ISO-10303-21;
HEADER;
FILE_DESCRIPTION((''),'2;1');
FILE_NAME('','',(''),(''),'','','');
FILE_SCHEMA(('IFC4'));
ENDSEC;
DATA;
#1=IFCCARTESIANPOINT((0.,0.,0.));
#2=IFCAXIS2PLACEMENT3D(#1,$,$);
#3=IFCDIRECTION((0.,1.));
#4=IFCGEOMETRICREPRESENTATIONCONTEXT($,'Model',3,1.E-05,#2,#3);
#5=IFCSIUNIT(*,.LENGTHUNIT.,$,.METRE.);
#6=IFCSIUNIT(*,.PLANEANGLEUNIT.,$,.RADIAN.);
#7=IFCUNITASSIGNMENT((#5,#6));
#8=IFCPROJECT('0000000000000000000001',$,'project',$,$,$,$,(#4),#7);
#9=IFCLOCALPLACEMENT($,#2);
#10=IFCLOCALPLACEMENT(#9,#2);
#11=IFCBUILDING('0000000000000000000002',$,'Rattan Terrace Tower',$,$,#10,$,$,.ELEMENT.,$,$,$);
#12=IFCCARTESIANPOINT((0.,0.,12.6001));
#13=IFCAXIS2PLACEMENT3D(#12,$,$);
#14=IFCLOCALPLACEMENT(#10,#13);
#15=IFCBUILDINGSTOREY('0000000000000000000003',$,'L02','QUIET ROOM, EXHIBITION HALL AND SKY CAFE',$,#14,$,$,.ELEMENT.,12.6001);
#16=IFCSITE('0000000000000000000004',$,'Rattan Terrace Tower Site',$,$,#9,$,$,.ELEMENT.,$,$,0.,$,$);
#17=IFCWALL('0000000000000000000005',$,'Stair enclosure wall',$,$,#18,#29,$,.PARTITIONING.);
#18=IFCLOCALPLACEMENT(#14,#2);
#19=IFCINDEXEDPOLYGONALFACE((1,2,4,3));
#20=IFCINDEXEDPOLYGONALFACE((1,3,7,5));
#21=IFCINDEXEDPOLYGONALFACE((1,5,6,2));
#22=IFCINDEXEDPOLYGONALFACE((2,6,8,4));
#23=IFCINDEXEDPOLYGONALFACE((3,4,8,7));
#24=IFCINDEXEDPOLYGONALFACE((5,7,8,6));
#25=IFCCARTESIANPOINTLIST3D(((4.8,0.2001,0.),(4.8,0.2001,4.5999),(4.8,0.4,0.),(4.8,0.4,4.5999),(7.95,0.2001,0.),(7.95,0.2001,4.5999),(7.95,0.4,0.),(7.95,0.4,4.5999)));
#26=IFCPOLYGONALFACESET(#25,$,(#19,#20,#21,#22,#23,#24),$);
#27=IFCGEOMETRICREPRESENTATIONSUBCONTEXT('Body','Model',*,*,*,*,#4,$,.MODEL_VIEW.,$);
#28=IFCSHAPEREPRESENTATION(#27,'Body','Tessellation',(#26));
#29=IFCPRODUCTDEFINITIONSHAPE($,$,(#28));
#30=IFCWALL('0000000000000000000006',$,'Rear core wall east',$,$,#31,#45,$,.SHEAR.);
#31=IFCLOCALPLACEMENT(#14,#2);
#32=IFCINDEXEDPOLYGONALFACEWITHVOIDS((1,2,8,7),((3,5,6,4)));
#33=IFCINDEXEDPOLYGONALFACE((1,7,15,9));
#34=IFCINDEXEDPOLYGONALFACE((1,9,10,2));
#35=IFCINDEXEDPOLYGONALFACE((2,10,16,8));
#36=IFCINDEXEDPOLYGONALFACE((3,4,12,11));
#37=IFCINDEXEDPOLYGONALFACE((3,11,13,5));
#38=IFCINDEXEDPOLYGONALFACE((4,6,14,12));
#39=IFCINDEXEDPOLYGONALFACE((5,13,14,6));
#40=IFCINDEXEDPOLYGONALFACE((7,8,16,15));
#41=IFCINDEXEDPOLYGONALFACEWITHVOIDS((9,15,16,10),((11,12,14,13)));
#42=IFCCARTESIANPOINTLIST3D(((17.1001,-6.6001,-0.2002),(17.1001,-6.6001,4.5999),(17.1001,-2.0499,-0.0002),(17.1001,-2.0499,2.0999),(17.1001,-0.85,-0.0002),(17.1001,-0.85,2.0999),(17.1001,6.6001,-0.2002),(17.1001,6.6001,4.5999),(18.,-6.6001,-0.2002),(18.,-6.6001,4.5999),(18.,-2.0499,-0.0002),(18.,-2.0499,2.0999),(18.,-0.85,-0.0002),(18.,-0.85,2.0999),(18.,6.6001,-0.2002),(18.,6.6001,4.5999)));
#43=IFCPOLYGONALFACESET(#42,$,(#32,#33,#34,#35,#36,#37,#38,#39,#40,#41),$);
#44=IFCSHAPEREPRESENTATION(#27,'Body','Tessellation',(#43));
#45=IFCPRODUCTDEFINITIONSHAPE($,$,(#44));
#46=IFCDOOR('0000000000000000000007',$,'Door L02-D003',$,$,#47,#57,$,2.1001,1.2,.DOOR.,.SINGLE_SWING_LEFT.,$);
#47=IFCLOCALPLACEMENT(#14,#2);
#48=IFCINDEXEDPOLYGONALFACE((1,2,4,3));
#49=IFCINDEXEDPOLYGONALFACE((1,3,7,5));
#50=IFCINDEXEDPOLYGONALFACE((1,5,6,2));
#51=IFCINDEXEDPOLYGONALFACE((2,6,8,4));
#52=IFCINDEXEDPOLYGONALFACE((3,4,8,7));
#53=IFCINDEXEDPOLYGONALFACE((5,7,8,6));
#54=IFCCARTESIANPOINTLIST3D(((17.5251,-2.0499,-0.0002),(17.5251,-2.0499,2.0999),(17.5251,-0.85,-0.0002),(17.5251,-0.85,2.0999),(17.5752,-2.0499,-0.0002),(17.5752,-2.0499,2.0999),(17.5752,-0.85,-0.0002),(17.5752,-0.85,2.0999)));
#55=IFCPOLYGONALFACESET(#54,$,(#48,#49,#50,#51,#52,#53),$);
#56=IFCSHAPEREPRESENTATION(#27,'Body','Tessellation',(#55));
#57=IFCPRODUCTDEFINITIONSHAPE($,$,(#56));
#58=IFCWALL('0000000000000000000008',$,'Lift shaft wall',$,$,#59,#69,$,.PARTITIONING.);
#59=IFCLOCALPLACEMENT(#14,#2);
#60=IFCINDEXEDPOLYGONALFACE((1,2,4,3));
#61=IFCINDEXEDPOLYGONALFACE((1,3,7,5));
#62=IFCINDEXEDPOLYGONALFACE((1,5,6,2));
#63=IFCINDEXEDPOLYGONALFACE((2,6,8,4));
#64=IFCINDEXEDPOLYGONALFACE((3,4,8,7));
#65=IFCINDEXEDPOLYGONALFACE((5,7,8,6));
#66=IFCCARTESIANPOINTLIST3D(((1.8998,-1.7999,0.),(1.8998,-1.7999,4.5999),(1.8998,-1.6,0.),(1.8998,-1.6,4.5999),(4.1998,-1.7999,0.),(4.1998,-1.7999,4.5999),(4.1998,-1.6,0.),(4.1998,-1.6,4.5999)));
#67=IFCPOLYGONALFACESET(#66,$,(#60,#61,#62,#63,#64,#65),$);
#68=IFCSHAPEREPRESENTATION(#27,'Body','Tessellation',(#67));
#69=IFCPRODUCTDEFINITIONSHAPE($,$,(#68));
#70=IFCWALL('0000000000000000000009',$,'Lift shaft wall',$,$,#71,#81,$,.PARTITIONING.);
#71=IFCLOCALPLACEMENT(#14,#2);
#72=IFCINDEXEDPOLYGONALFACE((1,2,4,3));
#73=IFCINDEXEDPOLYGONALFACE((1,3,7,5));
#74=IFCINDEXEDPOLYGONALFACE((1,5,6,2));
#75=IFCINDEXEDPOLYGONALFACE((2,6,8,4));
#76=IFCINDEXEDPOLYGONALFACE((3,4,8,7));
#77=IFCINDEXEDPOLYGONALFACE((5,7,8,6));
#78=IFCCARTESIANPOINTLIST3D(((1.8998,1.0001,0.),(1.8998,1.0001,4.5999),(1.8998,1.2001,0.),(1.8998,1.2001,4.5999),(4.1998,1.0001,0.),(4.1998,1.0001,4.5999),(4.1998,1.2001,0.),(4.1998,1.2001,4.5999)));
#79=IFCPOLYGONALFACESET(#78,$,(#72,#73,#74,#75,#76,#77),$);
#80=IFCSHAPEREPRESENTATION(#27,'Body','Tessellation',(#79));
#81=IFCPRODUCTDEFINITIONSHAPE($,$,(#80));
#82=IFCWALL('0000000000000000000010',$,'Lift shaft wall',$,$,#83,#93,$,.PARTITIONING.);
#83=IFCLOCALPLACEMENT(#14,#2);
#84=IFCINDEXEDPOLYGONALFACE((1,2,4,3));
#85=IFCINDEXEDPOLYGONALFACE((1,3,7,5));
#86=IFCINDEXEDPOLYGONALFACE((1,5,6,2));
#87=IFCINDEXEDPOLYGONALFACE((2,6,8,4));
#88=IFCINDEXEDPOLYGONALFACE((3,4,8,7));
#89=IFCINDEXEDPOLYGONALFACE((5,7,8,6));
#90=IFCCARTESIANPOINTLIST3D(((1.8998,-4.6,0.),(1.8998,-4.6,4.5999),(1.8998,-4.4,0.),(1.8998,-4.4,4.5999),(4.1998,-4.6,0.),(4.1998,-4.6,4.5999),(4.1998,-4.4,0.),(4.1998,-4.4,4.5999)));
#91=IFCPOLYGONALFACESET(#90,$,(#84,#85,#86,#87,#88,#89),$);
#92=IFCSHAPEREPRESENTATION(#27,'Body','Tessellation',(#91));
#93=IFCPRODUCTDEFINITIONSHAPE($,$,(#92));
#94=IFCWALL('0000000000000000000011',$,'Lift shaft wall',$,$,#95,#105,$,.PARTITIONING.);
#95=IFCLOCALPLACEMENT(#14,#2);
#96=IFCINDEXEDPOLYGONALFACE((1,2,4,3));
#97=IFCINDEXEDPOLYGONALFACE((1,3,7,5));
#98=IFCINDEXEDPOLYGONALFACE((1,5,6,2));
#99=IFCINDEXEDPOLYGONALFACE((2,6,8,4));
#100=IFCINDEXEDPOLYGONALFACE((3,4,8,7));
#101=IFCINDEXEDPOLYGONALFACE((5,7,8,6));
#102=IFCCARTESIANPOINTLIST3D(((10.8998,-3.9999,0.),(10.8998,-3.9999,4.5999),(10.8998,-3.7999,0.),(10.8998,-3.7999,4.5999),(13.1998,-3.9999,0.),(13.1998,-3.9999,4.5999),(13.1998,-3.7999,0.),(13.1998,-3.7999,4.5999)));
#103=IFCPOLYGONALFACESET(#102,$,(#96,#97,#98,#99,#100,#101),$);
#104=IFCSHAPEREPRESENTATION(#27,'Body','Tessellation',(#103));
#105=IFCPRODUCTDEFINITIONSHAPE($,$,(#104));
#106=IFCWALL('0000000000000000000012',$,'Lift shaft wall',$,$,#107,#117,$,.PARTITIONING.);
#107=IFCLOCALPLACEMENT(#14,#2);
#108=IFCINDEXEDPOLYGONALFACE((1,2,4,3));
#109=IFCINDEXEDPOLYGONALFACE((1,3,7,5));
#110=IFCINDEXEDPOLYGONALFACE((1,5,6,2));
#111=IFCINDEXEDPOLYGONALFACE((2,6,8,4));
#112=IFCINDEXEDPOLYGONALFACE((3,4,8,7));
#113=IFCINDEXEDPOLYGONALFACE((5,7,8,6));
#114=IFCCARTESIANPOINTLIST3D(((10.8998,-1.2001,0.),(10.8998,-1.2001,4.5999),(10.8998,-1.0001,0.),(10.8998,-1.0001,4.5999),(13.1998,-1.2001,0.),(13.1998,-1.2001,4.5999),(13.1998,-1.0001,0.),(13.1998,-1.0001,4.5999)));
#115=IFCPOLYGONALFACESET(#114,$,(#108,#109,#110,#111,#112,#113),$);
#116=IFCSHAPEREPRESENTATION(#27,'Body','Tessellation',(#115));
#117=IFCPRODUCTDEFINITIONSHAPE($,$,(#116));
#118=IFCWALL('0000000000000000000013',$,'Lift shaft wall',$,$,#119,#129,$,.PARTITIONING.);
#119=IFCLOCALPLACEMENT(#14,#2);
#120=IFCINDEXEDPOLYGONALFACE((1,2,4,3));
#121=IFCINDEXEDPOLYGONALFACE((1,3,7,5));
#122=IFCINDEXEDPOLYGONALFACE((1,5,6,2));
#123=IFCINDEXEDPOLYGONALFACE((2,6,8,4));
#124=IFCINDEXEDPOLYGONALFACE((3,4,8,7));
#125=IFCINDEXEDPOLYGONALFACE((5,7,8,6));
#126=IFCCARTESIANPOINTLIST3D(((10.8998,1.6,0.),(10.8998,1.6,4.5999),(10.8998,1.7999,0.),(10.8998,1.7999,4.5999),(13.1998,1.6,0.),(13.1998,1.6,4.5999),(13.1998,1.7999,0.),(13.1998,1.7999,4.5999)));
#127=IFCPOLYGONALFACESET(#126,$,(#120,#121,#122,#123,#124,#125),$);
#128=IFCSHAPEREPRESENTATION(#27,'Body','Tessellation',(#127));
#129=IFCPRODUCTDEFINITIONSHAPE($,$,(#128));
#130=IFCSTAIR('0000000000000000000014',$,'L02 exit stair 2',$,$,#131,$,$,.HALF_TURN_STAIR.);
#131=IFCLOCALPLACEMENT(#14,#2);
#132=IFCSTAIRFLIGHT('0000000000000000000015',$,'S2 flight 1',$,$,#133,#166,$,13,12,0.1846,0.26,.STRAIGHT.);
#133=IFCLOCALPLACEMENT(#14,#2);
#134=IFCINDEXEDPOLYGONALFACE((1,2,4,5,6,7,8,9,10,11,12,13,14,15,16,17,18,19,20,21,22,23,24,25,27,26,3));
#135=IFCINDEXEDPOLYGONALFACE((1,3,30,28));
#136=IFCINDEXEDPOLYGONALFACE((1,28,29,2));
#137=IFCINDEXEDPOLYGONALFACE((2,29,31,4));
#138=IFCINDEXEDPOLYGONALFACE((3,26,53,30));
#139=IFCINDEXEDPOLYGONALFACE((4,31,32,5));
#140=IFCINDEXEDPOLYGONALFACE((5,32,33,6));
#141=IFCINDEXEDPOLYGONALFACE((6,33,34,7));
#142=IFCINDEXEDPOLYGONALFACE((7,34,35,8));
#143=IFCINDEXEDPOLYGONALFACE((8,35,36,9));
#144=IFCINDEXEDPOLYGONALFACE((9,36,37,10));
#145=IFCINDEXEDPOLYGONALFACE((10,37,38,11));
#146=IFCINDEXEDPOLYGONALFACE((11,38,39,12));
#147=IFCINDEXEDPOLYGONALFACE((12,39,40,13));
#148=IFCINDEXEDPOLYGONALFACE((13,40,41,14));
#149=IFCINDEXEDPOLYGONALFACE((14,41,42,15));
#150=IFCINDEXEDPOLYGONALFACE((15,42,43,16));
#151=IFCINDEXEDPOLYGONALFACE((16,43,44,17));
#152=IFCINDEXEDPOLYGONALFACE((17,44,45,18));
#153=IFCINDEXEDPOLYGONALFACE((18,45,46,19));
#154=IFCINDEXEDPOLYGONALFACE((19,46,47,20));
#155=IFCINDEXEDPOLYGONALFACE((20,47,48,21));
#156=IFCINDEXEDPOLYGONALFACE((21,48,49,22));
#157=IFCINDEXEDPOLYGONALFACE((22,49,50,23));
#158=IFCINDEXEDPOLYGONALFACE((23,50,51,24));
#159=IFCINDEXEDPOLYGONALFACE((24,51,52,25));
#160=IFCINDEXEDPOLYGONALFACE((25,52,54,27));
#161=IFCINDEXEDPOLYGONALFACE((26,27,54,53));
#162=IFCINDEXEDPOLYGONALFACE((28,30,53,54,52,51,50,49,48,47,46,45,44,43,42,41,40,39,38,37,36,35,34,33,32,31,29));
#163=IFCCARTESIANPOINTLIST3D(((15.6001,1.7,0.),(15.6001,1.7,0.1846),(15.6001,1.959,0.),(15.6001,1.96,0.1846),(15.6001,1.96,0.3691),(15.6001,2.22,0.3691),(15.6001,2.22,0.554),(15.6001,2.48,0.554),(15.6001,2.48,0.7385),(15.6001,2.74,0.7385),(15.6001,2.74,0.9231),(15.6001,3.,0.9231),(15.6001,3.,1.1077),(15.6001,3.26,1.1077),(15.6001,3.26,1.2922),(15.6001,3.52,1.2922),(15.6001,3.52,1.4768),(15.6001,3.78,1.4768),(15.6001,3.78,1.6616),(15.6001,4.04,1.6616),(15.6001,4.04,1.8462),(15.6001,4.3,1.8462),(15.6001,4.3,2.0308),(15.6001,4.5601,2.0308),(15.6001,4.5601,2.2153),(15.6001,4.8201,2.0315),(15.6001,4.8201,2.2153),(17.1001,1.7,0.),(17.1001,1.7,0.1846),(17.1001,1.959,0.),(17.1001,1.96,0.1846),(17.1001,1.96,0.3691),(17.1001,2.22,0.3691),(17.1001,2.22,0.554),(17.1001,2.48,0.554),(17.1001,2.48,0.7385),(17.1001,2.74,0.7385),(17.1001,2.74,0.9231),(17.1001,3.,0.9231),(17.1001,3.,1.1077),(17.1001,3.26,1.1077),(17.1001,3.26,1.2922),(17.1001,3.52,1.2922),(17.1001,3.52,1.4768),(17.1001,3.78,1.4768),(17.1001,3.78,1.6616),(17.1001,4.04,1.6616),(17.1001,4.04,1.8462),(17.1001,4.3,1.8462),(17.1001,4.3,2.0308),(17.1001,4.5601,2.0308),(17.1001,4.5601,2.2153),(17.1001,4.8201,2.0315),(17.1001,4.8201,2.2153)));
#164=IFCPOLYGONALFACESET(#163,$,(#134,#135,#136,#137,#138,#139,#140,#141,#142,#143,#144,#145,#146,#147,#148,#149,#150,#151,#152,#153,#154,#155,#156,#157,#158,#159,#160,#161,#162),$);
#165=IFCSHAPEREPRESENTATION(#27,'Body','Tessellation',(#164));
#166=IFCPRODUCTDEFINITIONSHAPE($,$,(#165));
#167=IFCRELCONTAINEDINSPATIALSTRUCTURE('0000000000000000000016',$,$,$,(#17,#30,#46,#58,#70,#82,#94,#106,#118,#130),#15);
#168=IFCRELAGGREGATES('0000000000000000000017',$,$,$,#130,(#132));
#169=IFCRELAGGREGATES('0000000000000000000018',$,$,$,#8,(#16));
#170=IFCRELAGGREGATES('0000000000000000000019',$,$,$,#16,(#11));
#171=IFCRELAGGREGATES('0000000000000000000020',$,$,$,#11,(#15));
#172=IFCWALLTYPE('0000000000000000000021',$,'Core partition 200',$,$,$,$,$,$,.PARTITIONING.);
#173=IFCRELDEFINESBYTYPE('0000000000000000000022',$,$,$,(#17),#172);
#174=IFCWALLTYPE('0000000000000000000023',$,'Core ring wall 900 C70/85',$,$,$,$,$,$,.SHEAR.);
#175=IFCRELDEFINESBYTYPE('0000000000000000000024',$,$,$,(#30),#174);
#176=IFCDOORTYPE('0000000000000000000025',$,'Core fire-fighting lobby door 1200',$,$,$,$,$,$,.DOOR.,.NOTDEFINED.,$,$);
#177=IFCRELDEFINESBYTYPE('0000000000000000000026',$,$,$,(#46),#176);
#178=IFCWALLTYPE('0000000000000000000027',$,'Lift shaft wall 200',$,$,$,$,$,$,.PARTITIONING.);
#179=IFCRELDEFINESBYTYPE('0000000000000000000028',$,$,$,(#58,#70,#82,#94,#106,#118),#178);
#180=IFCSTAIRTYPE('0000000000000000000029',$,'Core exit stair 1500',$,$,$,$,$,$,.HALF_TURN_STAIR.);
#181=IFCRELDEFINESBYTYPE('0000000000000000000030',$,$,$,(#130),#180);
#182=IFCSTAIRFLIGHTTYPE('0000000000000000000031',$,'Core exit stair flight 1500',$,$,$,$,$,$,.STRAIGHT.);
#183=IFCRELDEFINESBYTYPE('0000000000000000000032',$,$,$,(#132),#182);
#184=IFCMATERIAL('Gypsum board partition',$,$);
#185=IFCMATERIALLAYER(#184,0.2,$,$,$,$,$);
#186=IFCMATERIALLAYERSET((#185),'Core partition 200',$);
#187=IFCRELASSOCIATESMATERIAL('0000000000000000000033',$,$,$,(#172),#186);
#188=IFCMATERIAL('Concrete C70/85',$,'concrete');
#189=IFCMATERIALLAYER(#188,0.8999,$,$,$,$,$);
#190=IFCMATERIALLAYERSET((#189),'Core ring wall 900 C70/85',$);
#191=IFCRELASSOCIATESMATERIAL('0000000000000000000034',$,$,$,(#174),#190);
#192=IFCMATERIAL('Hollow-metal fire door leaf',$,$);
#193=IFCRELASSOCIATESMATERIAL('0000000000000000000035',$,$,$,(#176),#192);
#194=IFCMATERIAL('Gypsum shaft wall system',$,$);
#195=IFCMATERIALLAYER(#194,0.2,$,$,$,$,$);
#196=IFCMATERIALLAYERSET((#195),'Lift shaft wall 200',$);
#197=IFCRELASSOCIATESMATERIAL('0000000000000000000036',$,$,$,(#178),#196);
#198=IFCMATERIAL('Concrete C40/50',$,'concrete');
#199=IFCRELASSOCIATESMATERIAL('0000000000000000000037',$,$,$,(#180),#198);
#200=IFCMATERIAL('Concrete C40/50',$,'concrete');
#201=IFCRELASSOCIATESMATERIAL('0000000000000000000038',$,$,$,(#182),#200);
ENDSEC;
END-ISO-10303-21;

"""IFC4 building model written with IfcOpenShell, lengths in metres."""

from ifc_helpers import new_model, si_unit, direction, frame, frame_2d, origin, place, context, subcontext, project, spatial, polyline, rectangle, outline, extrude, material, layer, layer_set, type_object, element, fill, aggregate, save


model = new_model("IFC4")

# Units and contexts
model_context = context("Model", 3, precision=1e-05, world=origin(), true_north=direction((0.0, 1.0)))
body_context = subcontext(model_context, "Body", "Model", "MODEL_VIEW")
ifc_project = project(units=[si_unit("LENGTHUNIT", "METRE"), si_unit("PLANEANGLEUNIT", "RADIAN")], contexts=[model_context])

# Site, building, storey
site_placement = place(None, origin())
site = spatial("IfcSite", under=ifc_project, at=site_placement, Name="Rattan Terrace Tower Site", CompositionType="ELEMENT", RefElevation=0.0)
building_placement = place(site_placement, origin())
building = spatial("IfcBuilding", under=site, at=building_placement, Name="Rattan Terrace Tower", CompositionType="ELEMENT")
storey_placement = place(building_placement, frame((0.0, 0.0, 12.6001)))
storey = spatial("IfcBuildingStorey", under=building, at=storey_placement, Name="L02", Description="QUIET ROOM, EXHIBITION HALL AND SKY CAFE", CompositionType="ELEMENT", Elevation=12.6001)

# Shared definitions
ifc_material_1 = material(Name="Gypsum board partition")
ifc_layer_1 = layer(ifc_material_1, 0.2)
ifc_layer_set_1 = layer_set([ifc_layer_1], Name="Core partition 200")
wall_type_1 = type_object("IfcWallType", Name="Core partition 200", PredefinedType="PARTITIONING", material=ifc_layer_set_1)

# Wall
wall_1_placement = place(storey_placement, frame((4.8, 0.3, 0.0), z_axis=(0.0, 0.0, 1.0), x_axis=(1.0, 0.0, 0.0)))
element("IfcWall", 1, at=wall_1_placement, inside=storey, type_object=wall_type_1, Name="Stair enclosure wall", PredefinedType="PARTITIONING", context=body_context, shape_type="SweptSolid", body=[
    extrude(rectangle(XDim=3.1499, YDim=0.2, at=frame_2d((1.575, 0.0))), origin(), (0.0, 0.0, 1.0), 4.5999),
])

# Wall, opening, door
ifc_material_2 = material(Name="Concrete C70/85", Category="concrete")
ifc_layer_2 = layer(ifc_material_2, 0.8999)
ifc_layer_set_2 = layer_set([ifc_layer_2], Name="Core ring wall 900 C70/85")
wall_type_2 = type_object("IfcWallType", Name="Core ring wall 900 C70/85", PredefinedType="SHEAR", material=ifc_layer_set_2)
wall_2_placement = place(storey_placement, frame((17.55, -6.6001, -0.2002), z_axis=(0.0, 0.0, 1.0), x_axis=(0.0, 1.0, 0.0)))
wall_2 = element("IfcWall", 2, at=wall_2_placement, inside=storey, type_object=wall_type_2, Name="Rear core wall east", PredefinedType="SHEAR", context=body_context, shape_type="SweptSolid", body=[
    extrude(rectangle(XDim=13.2002, YDim=0.8999, at=frame_2d((6.6001, 0.0))), origin(), (0.0, 0.0, 1.0), 4.8),
])
opening_1_placement = place(wall_2_placement, frame((4.55, 0.0, 0.2)))
opening_1 = element("IfcOpeningElement", 3, at=opening_1_placement, cuts=wall_2, PredefinedType="OPENING", context=body_context, shape_type="SweptSolid", body=[
    extrude(rectangle(XDim=1.2, YDim=2.1001, at=frame_2d((0.6001, 1.05))), frame((0.0, 0.4604, 0.0), z_axis=(0.0, -1.0, 0.0), x_axis=(1.0, 0.0, 0.0)), (0.0, 0.0, 1.0), 0.9209),
])
ifc_material_3 = material(Name="Hollow-metal fire door leaf")
door_type_1 = type_object("IfcDoorType", Name="Core fire-fighting lobby door 1200", OperationType="NOTDEFINED", PredefinedType="DOOR", material=ifc_material_3)
door_1_placement = place(opening_1_placement, origin())
door_1 = element("IfcDoor", 4, at=door_1_placement, inside=storey, type_object=door_type_1, Name="Door L02-D003", OperationType="SINGLE_SWING_LEFT", OverallHeight=2.1001, OverallWidth=1.2, PredefinedType="DOOR", context=body_context, shape_type="SweptSolid", body=[
    extrude(rectangle(XDim=1.2, YDim=2.1001, at=frame_2d((0.6001, 1.05))), frame((0.0, 0.0249, 0.0), z_axis=(0.0, -1.0, 0.0), x_axis=(1.0, 0.0, 0.0)), (0.0, 0.0, 1.0), 0.05),
])
fill(opening_1, door_1)

# Walls
ifc_material_4 = material(Name="Gypsum shaft wall system")
ifc_layer_3 = layer(ifc_material_4, 0.2)
ifc_layer_set_3 = layer_set([ifc_layer_3], Name="Lift shaft wall 200")
wall_type_3 = type_object("IfcWallType", Name="Lift shaft wall 200", PredefinedType="PARTITIONING", material=ifc_layer_set_3)
for number, where, z_axis, x_axis, name in (
    (5, (1.8999, -1.7, 0.0), (0.0, 0.0, 1.0), (1.0, 0.0, 0.0), "Lift shaft wall"),
    (6, (1.8999, 1.1001, 0.0), (0.0, 0.0, 1.0), (1.0, 0.0, 0.0), "Lift shaft wall"),
    (7, (1.8999, -4.5, 0.0), (0.0, 0.0, 1.0), (1.0, 0.0, 0.0), "Lift shaft wall"),
    (8, (10.8999, -3.8999, 0.0), (0.0, 0.0, 1.0), (1.0, 0.0, 0.0), "Lift shaft wall"),
    (9, (10.8999, -1.1001, 0.0), (0.0, 0.0, 1.0), (1.0, 0.0, 0.0), "Lift shaft wall"),
    (10, (10.8999, 1.7, 0.0), (0.0, 0.0, 1.0), (1.0, 0.0, 0.0), "Lift shaft wall"),
):
    element("IfcWall", number, at=place(storey_placement, frame(where, z_axis=z_axis, x_axis=x_axis)), inside=storey, type_object=wall_type_3, Name=name, PredefinedType="PARTITIONING", context=body_context, shape_type="SweptSolid", body=[
        extrude(rectangle(XDim=2.3, YDim=0.2, at=frame_2d((1.1499, 0.0))), origin(), (0.0, 0.0, 1.0), 4.5999),
    ])

# Stair, stair flight
ifc_material_5 = material(Name="Concrete C40/50", Category="concrete")
stair_type_1 = type_object("IfcStairType", Name="Core exit stair 1500", PredefinedType="HALF_TURN_STAIR", material=ifc_material_5)
stair_1_placement = place(storey_placement, origin())
stair_1 = element("IfcStair", 11, at=stair_1_placement, inside=storey, type_object=stair_type_1, Name="L02 exit stair 2", PredefinedType="HALF_TURN_STAIR")
ifc_material_6 = material(Name="Concrete C40/50", Category="concrete")
stair_flight_type = type_object("IfcStairFlightType", Name="Core exit stair flight 1500", PredefinedType="STRAIGHT", material=ifc_material_6)
stair_flight_placement = place(storey_placement, frame((16.3501, 1.7, 0.0), z_axis=(0.0, 0.0, 1.0), x_axis=(0.0, 1.0, 0.0)))
stair_flight = element("IfcStairFlight", 12, at=stair_flight_placement, type_object=stair_flight_type, Name="S2 flight 1", NumberOfRisers=13, NumberOfTreads=12, PredefinedType="STRAIGHT", RiserHeight=0.1846, TreadLength=0.26, context=body_context, shape_type="SweptSolid", body=[
    extrude(outline(polyline([(0.0, 0.0), (0.0, 0.1846), (0.26, 0.1846), (0.26, 0.3691), (0.52, 0.3691), (0.52, 0.554), (0.78, 0.554), (0.78, 0.7385), (1.04, 0.7385), (1.04, 0.9231), (1.3, 0.9231), (1.3, 1.1077), (1.5601, 1.1077), (1.5601, 1.2922), (1.8201, 1.2922), (1.8201, 1.4768), (2.0801, 1.4768), (2.0801, 1.6616), (2.3401, 1.6616), (2.3401, 1.8462), (2.6001, 1.8462), (2.6001, 2.0308), (2.8601, 2.0308), (2.8601, 2.2153), (3.1201, 2.2153), (3.1201, 2.3999), (3.1201, 2.0315), (0.259, 0.0), (0.0, 0.0)])), frame((0.0, 0.75, 0.0), z_axis=(0.0, -1.0, 0.0), x_axis=(1.0, 0.0, 0.0)), (0.0, 0.0, 1.0), 1.5),
])
aggregate(stair_1, [stair_flight])

save(model, "model.ifc")
